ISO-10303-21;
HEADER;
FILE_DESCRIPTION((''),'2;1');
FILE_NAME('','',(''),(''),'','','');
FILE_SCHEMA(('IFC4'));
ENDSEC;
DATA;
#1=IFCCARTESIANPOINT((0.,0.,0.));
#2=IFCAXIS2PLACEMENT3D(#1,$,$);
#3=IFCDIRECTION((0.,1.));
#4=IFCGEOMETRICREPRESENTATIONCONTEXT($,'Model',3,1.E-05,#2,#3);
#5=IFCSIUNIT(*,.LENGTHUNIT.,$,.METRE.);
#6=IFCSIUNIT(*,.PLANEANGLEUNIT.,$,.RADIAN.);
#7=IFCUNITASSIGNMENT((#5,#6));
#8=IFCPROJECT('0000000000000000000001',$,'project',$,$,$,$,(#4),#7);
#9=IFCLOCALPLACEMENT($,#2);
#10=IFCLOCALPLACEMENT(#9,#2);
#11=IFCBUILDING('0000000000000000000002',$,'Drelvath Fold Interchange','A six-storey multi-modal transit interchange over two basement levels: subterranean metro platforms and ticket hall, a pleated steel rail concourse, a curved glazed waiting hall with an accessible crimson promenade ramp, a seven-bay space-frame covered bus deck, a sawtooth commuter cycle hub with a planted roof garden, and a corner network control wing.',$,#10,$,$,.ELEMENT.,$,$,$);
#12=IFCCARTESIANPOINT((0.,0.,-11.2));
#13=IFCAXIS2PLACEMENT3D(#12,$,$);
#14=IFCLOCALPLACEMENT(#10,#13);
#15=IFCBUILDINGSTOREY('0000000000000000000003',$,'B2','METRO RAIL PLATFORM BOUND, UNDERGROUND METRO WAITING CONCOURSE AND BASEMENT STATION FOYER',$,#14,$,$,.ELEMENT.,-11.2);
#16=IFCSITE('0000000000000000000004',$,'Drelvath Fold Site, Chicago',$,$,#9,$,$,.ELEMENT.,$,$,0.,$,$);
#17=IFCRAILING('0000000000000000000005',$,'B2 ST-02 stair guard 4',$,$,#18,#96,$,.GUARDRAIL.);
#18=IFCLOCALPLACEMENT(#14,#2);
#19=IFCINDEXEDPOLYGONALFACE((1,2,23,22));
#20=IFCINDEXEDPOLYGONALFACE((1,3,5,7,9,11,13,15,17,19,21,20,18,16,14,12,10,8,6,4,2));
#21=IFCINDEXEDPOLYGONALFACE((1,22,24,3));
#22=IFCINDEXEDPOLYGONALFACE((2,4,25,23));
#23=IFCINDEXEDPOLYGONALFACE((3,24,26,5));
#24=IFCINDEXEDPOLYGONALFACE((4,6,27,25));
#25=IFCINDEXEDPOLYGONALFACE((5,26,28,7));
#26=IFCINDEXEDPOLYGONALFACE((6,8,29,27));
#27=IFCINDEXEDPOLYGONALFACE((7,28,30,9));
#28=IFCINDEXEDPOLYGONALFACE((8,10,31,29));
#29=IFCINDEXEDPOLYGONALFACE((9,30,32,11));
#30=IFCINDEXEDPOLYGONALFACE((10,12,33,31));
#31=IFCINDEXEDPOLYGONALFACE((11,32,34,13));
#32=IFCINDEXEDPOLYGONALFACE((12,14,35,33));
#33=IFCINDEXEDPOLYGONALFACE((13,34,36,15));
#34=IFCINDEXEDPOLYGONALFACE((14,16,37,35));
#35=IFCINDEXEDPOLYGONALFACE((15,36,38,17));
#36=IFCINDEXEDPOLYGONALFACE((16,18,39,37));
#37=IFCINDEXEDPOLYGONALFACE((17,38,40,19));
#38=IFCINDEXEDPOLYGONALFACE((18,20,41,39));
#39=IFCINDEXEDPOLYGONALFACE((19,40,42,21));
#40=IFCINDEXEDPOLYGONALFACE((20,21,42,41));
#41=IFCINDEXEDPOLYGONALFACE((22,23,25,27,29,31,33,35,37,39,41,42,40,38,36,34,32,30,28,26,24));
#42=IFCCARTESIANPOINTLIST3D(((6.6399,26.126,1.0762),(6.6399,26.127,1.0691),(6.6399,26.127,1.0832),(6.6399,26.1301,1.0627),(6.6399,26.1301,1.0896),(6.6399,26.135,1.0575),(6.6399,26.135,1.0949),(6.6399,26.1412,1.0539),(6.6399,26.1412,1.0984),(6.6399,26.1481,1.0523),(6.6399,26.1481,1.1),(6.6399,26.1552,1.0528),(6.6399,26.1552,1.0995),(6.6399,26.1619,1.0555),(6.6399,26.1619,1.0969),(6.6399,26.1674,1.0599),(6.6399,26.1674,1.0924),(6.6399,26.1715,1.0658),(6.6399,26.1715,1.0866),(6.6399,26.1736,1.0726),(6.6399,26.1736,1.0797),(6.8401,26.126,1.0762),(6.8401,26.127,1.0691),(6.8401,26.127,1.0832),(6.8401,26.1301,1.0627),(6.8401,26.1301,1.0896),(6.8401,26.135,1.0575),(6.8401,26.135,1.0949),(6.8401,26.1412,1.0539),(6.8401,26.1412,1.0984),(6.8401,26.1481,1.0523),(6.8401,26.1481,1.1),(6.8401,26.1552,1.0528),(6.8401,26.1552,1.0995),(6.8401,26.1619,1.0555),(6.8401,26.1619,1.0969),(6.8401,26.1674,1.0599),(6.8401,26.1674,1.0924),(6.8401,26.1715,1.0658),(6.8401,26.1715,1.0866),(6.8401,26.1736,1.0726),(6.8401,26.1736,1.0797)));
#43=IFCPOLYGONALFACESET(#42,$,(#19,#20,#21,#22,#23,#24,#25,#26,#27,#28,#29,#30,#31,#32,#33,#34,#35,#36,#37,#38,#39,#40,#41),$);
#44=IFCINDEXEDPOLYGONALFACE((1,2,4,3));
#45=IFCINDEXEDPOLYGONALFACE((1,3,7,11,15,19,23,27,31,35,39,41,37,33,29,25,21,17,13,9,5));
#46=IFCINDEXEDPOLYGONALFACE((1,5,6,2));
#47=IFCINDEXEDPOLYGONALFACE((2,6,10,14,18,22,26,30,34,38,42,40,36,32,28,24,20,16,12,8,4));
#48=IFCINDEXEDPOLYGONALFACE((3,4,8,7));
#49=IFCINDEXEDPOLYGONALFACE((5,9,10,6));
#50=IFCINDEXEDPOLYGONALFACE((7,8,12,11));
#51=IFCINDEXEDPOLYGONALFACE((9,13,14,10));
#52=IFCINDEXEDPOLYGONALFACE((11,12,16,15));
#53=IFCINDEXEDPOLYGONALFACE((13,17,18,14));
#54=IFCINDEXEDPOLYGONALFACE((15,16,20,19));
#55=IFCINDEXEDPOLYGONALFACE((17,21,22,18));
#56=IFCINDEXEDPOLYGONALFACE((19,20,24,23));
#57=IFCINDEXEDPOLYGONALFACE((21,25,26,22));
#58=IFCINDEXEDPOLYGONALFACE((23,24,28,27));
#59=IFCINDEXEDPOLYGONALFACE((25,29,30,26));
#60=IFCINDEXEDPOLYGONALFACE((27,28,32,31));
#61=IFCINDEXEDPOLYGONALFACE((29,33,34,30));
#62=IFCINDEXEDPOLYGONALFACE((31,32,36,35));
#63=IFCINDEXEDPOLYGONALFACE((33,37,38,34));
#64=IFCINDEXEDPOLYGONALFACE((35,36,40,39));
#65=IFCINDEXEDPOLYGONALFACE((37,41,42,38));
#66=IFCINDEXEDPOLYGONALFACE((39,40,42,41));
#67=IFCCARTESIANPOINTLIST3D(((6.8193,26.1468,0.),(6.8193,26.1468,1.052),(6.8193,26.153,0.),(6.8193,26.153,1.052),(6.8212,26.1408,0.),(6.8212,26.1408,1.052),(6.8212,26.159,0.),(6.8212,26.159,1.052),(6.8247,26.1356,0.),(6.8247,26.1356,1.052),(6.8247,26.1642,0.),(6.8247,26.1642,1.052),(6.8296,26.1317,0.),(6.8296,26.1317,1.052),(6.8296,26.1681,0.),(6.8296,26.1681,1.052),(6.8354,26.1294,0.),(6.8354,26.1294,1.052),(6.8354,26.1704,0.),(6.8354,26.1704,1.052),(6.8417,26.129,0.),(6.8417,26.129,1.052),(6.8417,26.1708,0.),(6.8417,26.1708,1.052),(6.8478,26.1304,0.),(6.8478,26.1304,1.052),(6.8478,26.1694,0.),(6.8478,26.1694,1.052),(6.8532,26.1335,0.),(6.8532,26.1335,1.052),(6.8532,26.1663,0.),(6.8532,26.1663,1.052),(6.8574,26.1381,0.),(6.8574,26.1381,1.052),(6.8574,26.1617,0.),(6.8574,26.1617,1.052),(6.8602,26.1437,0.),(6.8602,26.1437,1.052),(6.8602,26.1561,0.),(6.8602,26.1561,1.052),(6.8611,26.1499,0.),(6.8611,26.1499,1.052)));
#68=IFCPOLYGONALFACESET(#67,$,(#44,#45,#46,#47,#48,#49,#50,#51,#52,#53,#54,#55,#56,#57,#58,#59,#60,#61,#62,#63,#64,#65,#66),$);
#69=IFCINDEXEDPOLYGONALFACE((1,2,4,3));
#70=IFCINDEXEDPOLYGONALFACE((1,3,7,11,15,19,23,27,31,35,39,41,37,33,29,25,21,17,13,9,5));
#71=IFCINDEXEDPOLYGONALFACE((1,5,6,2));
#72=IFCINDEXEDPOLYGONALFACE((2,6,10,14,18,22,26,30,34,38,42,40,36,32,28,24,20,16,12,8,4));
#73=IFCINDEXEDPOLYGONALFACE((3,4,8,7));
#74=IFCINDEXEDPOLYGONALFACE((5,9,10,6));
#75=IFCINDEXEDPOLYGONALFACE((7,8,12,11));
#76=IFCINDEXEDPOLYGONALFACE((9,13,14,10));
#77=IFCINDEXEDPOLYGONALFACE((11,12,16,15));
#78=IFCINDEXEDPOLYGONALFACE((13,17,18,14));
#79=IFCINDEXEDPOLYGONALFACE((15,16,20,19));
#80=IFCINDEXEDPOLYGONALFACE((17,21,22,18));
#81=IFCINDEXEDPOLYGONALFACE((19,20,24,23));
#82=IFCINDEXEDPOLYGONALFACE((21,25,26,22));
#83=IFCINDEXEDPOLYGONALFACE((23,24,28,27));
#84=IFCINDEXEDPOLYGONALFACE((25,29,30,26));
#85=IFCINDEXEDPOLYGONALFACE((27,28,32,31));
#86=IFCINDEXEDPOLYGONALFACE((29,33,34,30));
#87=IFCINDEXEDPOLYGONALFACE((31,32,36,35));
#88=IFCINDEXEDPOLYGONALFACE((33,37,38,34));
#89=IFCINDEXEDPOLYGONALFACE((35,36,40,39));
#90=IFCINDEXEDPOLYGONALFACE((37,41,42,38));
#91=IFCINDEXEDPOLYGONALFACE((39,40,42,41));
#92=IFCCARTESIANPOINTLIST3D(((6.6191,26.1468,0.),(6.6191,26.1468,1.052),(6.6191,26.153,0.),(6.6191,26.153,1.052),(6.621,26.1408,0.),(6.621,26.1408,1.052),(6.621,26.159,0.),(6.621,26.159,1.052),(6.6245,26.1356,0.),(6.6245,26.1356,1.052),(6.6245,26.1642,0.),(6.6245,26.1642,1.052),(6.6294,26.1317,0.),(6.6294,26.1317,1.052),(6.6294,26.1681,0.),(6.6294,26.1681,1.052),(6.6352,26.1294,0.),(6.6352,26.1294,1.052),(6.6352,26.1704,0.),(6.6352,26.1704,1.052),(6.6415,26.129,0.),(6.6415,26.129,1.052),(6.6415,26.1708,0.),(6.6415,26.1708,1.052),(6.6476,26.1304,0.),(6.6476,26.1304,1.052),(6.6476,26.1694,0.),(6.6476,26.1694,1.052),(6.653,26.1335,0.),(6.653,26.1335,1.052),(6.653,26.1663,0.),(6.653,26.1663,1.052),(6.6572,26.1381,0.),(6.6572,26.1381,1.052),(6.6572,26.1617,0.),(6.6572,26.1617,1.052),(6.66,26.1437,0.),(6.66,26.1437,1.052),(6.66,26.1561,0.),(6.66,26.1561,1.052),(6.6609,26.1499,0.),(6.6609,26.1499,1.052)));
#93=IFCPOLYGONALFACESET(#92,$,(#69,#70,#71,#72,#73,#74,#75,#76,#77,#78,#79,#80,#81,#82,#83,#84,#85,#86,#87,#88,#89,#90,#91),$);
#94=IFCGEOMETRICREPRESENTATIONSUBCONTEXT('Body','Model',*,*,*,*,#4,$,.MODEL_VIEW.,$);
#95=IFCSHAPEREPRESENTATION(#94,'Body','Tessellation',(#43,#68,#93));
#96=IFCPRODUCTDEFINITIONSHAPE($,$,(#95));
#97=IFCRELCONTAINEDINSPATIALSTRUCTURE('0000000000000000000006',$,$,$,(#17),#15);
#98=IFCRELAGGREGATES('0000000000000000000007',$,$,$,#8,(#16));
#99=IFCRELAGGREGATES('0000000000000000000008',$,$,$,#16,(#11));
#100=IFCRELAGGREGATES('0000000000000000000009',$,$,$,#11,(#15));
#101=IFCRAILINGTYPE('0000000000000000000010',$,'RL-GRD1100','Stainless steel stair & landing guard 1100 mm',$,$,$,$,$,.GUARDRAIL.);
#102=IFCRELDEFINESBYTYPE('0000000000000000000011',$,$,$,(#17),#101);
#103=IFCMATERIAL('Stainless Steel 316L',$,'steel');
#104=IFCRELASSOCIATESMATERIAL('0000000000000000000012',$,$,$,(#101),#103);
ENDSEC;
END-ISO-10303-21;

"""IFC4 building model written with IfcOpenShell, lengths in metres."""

from ifc_helpers import new_model, si_unit, direction, frame, origin, origin_2d, place, context, subcontext, project, spatial, circle, extrude, material, type_object, element, save


model = new_model("IFC4")

# Units and contexts
model_context = context("Model", 3, precision=1e-05, world=origin(), true_north=direction((0.0, 1.0)))
body_context = subcontext(model_context, "Body", "Model", "MODEL_VIEW")
ifc_project = project(units=[si_unit("LENGTHUNIT", "METRE"), si_unit("PLANEANGLEUNIT", "RADIAN")], contexts=[model_context])

# Site, building, storey
site_placement = place(None, origin())
site = spatial("IfcSite", under=ifc_project, at=site_placement, Name="Drelvath Fold Site, Chicago", CompositionType="ELEMENT", RefElevation=0.0)
building_placement = place(site_placement, origin())
building = spatial("IfcBuilding", under=site, at=building_placement, Name="Drelvath Fold Interchange", Description="A six-storey multi-modal transit interchange over two basement levels: subterranean metro platforms and ticket hall, a pleated steel rail concourse, a curved glazed waiting hall with an accessible crimson promenade ramp, a seven-bay space-frame covered bus deck, a sawtooth commuter cycle hub with a planted roof garden, and a corner network control wing.", CompositionType="ELEMENT")
storey_placement = place(building_placement, frame((0.0, 0.0, -11.2)))
storey = spatial("IfcBuildingStorey", under=building, at=storey_placement, Name="B2", Description="METRO RAIL PLATFORM BOUND, UNDERGROUND METRO WAITING CONCOURSE AND BASEMENT STATION FOYER", CompositionType="ELEMENT", Elevation=-11.2)

# Railing
ifc_material_1 = material(Name="Stainless Steel 316L", Category="steel")
railing_type_1 = type_object("IfcRailingType", Name="RL-GRD1100", Description="Stainless steel stair & landing guard 1100 mm", PredefinedType="GUARDRAIL", material=ifc_material_1)
railing_1_placement = place(storey_placement, frame((6.8401, 26.1499, 0.0)))
element("IfcRailing", 1, at=railing_1_placement, inside=storey, type_object=railing_type_1, Name="B2 ST-02 stair guard 4", PredefinedType="GUARDRAIL", context=body_context, shape_type="SweptSolid", body=[
    extrude(circle(Radius=0.0239, at=origin_2d()), frame((0.0, 0.0, 1.0762), z_axis=(-1.0, 0.0, 0.0), x_axis=(0.0, -1.0, 0.0)), (0.0, 0.0, 1.0), 0.2002),
    extrude(circle(Radius=0.021, at=origin_2d()), origin(), (0.0, 0.0, 1.0), 1.052),
    extrude(circle(Radius=0.021, at=origin_2d()), frame((-0.2002, 0.0, 0.0)), (0.0, 0.0, 1.0), 1.052),
])

save(model, "model.ifc")
